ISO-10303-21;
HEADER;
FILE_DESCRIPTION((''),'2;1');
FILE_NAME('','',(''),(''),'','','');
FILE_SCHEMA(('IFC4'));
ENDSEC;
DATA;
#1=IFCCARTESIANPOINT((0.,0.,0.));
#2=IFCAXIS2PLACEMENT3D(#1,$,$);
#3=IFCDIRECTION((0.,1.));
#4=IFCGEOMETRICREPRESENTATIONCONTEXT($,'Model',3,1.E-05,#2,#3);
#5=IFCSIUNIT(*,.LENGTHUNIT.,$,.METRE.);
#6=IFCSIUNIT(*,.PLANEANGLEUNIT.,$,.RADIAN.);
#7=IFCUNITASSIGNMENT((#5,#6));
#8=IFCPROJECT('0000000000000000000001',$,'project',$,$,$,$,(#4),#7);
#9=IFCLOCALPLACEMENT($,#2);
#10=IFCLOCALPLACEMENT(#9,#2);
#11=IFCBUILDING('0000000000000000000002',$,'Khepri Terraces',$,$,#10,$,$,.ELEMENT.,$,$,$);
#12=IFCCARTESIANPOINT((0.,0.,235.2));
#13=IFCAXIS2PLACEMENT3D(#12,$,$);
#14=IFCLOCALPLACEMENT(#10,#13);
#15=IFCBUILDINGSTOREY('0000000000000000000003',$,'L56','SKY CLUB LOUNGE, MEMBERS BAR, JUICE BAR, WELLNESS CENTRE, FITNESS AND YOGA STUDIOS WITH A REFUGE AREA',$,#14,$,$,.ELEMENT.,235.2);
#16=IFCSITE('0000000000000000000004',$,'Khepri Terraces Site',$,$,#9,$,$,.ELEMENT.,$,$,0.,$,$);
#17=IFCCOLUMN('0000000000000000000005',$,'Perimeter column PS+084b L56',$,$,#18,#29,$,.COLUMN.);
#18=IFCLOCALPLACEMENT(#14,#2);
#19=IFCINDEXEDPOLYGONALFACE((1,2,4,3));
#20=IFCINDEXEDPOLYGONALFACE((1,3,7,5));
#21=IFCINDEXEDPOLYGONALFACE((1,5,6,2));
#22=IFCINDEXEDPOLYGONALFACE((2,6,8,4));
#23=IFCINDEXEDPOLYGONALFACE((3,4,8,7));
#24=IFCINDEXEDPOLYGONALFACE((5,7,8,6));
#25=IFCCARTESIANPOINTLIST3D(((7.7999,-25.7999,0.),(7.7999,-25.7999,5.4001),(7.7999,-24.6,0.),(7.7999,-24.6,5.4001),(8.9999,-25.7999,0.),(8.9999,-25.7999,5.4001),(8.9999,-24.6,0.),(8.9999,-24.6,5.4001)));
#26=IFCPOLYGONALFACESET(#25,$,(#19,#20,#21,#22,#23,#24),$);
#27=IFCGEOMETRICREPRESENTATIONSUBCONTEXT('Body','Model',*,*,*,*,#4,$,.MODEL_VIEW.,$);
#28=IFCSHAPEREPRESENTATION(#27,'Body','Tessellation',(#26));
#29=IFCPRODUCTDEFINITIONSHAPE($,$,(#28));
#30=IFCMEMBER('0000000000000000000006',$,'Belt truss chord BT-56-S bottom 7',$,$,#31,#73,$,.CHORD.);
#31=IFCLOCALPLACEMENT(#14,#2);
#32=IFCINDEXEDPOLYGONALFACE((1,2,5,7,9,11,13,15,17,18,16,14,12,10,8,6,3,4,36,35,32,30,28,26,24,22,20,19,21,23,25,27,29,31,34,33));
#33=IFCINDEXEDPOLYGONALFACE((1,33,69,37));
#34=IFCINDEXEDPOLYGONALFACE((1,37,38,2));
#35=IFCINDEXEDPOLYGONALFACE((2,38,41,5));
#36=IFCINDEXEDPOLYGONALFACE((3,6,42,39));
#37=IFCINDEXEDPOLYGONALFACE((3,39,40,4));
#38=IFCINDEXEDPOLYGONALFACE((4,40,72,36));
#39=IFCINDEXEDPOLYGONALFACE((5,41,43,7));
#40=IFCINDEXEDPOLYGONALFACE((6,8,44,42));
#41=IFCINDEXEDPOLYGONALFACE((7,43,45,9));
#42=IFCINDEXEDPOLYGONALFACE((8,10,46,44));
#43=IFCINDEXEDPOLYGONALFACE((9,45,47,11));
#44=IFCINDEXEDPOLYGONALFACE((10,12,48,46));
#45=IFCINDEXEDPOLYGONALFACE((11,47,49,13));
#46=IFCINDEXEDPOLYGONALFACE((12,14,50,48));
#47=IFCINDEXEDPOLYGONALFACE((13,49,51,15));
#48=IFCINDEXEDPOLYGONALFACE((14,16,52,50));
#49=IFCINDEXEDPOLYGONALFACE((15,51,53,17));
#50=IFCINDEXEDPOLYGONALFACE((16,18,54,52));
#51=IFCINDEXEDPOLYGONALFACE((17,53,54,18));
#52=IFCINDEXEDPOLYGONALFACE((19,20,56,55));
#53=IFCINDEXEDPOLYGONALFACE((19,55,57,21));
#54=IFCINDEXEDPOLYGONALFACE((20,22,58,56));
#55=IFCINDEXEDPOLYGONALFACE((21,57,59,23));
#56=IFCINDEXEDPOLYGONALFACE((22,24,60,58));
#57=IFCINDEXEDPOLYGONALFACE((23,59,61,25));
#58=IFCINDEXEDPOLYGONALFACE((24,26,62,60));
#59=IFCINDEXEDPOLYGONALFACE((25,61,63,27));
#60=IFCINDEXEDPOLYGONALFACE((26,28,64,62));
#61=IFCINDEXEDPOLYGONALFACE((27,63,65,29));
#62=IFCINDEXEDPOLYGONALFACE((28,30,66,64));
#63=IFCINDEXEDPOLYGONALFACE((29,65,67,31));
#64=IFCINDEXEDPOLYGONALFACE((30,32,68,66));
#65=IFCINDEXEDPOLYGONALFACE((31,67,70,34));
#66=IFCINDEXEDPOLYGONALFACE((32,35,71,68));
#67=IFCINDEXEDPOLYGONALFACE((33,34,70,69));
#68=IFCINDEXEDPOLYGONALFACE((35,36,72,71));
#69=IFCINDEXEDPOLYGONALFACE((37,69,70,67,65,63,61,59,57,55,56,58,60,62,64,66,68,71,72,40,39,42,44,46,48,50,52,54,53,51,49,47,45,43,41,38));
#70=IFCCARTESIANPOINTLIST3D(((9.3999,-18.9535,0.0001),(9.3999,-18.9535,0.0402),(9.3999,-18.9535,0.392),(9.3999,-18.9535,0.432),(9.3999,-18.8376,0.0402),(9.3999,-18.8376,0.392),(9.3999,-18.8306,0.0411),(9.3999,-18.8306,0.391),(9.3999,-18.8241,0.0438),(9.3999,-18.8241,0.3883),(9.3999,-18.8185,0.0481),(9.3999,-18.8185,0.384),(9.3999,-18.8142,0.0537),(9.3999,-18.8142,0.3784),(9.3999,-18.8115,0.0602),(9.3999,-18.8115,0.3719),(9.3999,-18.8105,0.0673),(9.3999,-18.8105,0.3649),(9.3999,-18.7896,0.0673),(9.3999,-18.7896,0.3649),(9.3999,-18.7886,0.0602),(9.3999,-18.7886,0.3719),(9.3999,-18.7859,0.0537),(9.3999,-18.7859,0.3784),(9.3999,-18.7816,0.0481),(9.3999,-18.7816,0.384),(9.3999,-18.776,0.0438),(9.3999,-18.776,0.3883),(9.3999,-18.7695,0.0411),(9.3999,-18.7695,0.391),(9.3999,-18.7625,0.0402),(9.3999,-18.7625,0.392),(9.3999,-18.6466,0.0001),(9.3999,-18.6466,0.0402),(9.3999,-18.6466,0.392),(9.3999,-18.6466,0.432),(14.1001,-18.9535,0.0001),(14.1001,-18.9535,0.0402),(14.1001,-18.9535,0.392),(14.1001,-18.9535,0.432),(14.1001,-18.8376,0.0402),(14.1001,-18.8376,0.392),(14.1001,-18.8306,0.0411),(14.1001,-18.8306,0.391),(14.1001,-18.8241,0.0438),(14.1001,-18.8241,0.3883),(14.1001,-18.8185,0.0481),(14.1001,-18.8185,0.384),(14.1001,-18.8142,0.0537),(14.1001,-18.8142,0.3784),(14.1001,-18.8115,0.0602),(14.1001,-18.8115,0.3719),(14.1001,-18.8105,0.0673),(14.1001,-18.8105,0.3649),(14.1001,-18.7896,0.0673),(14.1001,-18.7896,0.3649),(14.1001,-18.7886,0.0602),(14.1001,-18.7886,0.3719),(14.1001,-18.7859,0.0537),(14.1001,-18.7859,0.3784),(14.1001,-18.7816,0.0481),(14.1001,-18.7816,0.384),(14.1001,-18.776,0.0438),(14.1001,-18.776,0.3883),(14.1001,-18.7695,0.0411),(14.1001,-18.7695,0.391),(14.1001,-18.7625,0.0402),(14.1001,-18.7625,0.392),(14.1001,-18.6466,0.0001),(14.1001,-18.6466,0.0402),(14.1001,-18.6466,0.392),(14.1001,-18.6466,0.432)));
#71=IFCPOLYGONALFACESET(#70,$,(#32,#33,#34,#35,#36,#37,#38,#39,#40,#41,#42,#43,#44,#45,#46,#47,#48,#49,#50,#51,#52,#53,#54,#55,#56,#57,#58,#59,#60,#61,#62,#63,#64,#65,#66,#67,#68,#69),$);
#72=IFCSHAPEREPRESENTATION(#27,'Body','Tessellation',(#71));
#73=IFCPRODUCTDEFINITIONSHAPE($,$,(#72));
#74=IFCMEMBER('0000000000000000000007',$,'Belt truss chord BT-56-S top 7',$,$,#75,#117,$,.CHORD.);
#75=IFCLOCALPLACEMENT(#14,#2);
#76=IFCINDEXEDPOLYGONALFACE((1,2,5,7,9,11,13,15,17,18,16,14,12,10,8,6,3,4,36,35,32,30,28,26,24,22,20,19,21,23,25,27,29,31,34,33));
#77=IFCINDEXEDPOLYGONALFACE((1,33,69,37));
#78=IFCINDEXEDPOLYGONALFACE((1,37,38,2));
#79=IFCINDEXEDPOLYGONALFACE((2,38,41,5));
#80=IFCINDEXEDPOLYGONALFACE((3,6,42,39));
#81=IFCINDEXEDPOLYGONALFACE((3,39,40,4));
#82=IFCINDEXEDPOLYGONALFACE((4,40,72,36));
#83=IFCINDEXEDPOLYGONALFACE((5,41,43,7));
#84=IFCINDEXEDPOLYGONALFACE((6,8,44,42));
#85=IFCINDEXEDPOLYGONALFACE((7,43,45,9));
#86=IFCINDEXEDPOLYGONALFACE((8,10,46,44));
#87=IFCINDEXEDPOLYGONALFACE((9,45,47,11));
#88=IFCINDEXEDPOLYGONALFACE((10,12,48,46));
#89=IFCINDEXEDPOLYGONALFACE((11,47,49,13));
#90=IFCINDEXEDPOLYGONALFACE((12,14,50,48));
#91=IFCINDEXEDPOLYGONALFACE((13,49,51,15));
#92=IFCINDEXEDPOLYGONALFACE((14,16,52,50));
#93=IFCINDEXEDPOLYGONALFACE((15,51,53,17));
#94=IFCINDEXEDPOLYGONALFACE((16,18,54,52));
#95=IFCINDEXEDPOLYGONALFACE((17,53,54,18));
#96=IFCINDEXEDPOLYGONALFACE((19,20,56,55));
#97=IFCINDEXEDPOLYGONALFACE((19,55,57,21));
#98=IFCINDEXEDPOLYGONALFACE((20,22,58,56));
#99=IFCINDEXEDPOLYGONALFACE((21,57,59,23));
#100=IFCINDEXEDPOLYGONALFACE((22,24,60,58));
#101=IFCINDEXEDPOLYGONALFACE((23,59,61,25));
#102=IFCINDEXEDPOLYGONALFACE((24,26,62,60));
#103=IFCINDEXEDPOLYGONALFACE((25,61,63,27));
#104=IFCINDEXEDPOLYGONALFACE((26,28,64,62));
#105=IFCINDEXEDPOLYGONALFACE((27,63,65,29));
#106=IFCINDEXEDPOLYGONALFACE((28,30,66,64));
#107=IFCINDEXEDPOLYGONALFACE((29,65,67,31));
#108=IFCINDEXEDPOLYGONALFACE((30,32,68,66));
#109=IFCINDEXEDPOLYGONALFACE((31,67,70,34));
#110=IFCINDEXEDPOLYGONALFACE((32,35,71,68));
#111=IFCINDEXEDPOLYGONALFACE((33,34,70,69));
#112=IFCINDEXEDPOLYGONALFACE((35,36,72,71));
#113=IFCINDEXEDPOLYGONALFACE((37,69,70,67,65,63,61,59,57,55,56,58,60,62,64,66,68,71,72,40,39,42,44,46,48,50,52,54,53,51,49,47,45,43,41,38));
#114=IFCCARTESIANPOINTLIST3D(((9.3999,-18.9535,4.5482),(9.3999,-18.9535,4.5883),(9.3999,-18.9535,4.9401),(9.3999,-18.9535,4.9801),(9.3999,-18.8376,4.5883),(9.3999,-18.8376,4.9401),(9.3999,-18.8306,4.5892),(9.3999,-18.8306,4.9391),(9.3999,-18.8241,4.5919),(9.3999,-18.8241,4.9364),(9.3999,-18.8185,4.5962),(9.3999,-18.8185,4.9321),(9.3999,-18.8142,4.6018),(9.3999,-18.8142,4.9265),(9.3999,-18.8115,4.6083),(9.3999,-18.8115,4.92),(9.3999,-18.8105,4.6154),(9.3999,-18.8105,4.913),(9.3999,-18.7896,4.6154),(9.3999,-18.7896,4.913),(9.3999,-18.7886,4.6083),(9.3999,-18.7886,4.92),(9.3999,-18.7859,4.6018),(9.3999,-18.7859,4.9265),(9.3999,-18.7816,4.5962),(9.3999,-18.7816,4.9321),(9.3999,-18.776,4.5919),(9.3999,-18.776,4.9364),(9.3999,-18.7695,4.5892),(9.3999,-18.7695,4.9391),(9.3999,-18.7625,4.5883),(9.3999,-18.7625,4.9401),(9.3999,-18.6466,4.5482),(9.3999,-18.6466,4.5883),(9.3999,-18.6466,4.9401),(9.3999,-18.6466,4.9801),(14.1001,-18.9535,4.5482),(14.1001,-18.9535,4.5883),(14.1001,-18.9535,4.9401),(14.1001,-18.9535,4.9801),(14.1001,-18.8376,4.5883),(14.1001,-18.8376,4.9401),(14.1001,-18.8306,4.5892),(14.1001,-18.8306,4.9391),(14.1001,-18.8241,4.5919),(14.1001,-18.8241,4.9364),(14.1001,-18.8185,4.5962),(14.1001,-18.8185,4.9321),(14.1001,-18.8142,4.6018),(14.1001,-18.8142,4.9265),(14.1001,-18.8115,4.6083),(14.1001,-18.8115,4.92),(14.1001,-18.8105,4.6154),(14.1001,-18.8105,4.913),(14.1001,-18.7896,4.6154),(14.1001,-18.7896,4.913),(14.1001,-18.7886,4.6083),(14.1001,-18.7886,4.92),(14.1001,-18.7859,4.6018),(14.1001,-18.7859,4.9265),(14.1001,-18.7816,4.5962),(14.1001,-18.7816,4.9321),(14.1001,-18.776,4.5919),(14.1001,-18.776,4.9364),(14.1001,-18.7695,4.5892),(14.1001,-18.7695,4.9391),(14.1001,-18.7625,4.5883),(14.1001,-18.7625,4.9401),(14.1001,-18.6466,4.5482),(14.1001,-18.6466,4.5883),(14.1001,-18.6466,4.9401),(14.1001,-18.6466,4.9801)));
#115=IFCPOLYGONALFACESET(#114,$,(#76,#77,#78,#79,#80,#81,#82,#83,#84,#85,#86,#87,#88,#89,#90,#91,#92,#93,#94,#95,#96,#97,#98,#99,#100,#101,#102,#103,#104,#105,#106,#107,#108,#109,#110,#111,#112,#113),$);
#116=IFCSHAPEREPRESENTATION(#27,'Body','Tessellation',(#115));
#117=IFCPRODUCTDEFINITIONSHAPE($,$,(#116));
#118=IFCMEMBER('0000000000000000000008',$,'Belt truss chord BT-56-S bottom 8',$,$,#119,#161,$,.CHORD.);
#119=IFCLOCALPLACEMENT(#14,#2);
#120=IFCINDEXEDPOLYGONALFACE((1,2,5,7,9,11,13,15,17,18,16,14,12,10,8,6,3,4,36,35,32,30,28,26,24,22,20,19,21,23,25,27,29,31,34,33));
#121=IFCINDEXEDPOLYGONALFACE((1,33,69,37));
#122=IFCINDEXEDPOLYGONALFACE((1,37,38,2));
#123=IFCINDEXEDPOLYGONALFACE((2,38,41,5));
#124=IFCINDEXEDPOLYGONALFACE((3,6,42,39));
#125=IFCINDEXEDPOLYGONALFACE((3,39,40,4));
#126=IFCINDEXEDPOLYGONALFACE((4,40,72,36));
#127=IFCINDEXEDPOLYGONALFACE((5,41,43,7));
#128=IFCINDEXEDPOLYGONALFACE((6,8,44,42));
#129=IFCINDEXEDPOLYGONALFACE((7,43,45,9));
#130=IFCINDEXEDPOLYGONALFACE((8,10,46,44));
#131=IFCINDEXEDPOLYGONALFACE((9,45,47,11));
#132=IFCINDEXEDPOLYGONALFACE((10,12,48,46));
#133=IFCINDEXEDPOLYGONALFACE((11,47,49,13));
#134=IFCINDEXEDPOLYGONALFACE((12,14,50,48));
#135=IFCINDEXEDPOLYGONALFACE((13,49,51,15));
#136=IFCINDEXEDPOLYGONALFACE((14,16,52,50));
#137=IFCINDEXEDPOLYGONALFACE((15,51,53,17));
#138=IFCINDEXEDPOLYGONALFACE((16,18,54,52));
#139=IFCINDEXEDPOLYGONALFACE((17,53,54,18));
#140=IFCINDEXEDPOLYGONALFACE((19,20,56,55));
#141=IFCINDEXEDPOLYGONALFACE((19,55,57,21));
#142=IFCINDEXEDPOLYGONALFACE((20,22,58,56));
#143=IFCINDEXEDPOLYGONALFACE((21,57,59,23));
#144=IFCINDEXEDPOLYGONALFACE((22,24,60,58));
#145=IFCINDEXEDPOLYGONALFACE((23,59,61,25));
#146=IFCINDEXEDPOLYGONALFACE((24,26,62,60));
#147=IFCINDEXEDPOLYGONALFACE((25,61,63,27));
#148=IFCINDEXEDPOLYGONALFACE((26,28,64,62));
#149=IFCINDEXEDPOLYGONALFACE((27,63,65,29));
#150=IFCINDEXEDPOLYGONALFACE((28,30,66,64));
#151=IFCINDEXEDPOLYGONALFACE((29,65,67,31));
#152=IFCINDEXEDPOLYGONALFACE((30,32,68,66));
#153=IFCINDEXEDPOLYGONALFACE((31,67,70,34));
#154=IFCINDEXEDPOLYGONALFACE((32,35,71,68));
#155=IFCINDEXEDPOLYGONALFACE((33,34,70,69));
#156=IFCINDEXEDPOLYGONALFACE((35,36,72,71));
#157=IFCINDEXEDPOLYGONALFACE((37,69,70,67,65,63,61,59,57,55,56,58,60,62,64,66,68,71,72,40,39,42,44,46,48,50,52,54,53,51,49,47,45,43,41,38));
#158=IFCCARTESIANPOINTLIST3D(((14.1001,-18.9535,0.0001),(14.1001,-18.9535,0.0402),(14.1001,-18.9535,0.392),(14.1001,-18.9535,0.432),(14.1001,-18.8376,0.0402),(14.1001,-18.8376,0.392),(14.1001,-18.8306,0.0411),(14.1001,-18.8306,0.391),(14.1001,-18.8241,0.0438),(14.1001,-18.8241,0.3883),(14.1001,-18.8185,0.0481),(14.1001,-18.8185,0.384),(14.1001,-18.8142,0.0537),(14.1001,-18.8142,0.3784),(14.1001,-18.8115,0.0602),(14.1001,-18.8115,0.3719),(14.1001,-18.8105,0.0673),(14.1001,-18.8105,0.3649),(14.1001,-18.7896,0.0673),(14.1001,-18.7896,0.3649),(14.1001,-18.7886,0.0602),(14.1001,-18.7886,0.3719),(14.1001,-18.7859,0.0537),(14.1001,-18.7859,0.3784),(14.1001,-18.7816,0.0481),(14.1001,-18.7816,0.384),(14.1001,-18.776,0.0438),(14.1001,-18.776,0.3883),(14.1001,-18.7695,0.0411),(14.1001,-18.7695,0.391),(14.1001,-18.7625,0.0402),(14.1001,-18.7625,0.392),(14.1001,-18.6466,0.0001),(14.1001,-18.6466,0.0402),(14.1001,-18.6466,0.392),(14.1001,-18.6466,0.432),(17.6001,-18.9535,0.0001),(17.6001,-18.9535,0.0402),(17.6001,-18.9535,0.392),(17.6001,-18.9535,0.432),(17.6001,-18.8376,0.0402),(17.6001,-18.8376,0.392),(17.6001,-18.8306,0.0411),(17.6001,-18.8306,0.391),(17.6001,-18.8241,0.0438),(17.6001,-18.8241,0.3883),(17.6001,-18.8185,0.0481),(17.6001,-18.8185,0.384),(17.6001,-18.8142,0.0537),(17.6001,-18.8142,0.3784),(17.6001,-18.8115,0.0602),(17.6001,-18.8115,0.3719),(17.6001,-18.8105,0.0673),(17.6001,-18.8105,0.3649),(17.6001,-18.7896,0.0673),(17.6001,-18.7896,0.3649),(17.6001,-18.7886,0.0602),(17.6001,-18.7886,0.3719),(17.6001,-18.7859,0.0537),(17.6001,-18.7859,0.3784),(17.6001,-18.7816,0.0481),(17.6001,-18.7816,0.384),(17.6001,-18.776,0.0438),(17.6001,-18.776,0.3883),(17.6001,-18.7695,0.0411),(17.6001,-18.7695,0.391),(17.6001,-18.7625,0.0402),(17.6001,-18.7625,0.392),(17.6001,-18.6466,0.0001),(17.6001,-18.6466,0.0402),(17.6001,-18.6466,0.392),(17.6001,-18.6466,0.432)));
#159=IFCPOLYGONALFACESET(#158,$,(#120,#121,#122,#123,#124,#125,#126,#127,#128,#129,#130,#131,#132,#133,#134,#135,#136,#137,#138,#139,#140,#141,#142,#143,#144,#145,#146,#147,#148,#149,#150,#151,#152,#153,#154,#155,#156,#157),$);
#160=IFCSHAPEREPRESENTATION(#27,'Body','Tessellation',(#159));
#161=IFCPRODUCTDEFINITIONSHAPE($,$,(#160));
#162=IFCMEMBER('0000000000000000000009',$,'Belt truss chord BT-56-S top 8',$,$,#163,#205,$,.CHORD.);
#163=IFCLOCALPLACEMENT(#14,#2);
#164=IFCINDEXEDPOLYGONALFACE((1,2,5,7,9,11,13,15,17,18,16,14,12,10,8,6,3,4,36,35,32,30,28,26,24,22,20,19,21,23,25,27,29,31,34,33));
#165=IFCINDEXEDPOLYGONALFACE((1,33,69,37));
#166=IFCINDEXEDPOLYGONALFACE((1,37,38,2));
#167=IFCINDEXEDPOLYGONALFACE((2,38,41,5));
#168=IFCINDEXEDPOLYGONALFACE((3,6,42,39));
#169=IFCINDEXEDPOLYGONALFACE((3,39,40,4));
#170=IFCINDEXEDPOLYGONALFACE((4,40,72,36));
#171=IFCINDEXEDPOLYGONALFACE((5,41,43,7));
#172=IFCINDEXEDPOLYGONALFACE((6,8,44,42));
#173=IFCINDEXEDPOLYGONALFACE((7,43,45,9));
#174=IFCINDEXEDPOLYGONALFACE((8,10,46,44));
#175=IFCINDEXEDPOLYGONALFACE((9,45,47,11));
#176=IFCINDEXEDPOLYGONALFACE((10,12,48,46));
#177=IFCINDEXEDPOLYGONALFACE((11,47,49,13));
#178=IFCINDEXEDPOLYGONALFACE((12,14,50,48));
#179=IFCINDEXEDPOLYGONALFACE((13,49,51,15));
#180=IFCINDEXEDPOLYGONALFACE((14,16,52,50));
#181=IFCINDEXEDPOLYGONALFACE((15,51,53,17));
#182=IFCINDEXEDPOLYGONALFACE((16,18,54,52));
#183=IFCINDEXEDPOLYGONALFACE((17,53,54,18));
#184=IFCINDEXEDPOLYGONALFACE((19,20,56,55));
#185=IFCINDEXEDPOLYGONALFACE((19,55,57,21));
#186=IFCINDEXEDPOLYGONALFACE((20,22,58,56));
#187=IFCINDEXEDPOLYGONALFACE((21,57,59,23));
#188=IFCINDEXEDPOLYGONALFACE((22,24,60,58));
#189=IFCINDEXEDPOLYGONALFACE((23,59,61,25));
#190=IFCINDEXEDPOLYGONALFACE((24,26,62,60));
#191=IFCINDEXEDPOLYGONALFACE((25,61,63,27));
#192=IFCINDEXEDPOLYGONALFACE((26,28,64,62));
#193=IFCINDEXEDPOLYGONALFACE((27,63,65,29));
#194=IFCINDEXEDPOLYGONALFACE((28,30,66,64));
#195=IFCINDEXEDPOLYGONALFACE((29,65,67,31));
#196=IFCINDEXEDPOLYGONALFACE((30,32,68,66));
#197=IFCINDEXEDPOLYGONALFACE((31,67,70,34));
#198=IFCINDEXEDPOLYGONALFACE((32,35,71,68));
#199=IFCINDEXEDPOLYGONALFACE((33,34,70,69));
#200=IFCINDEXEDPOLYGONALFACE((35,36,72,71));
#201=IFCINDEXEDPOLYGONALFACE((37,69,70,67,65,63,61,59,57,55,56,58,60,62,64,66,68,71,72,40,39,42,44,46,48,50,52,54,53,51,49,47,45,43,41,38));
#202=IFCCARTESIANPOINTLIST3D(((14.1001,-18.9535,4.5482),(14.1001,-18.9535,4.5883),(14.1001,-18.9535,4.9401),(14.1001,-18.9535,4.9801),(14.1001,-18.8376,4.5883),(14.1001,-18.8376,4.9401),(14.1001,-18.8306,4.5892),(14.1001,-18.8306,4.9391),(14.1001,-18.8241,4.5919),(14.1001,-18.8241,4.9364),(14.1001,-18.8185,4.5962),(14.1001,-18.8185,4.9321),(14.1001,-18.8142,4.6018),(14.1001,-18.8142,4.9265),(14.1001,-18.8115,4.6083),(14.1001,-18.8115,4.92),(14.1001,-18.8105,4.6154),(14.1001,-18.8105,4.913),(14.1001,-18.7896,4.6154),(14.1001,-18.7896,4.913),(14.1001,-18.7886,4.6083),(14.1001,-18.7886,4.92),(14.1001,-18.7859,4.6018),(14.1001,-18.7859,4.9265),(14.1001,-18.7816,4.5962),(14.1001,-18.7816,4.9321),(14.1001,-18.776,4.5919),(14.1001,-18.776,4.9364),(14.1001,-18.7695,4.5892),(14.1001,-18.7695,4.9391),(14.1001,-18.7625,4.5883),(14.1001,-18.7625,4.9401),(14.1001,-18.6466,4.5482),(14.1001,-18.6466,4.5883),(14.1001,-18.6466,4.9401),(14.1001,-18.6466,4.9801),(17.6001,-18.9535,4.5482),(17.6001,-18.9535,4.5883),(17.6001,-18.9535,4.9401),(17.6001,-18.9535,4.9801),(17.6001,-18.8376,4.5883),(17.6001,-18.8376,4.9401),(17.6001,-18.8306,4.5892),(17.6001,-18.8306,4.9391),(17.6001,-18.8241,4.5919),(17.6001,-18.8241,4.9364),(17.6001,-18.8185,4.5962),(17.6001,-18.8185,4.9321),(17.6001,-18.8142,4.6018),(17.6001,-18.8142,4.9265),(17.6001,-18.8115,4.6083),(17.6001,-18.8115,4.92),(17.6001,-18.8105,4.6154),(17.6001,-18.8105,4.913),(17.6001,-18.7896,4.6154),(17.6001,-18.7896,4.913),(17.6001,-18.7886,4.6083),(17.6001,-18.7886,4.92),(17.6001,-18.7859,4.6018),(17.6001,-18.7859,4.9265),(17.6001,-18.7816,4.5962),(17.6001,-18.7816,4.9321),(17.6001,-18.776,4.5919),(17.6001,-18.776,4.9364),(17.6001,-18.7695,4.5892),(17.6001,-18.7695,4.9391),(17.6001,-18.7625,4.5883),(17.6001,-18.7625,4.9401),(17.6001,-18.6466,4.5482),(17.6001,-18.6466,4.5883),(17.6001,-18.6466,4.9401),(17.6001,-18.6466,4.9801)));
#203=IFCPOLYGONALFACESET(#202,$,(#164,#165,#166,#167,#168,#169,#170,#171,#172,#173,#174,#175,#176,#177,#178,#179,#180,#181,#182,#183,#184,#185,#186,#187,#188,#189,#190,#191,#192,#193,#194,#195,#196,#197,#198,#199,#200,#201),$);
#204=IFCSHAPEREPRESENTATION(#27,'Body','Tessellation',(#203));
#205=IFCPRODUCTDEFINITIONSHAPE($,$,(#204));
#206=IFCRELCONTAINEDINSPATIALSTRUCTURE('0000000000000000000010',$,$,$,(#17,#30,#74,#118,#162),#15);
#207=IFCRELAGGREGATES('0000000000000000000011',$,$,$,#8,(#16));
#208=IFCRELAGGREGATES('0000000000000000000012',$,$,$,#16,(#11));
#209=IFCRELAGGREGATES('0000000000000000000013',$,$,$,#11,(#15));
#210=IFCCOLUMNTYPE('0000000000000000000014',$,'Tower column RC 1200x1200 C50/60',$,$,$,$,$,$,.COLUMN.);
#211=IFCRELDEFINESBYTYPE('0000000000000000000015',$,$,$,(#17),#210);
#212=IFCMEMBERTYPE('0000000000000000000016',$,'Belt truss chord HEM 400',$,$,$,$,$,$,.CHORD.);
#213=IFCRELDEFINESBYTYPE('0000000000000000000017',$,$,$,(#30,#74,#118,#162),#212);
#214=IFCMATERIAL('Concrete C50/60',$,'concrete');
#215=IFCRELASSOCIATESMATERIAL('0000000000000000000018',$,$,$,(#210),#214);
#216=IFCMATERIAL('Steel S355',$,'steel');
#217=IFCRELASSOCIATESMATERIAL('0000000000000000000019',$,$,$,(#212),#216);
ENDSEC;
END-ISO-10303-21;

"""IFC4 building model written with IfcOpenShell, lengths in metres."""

from ifc_helpers import new_model, si_unit, direction, frame, origin, origin_2d, place, context, subcontext, project, spatial, rectangle, i_section, extrude, material, material_profile, profile_set, type_object, element, save


model = new_model("IFC4")

# Units and contexts
model_context = context("Model", 3, precision=1e-05, world=origin(), true_north=direction((0.0, 1.0)))
body_context = subcontext(model_context, "Body", "Model", "MODEL_VIEW")
ifc_project = project(units=[si_unit("LENGTHUNIT", "METRE"), si_unit("PLANEANGLEUNIT", "RADIAN")], contexts=[model_context])

# Site, building, storey
site_placement = place(None, origin())
site = spatial("IfcSite", under=ifc_project, at=site_placement, Name="Khepri Terraces Site", CompositionType="ELEMENT", RefElevation=0.0)
building_placement = place(site_placement, origin())
building = spatial("IfcBuilding", under=site, at=building_placement, Name="Khepri Terraces", CompositionType="ELEMENT")
storey_placement = place(building_placement, frame((0.0, 0.0, 235.2)))
storey = spatial("IfcBuildingStorey", under=building, at=storey_placement, Name="L56", Description="SKY CLUB LOUNGE, MEMBERS BAR, JUICE BAR, WELLNESS CENTRE, FITNESS AND YOGA STUDIOS WITH A REFUGE AREA", CompositionType="ELEMENT", Elevation=235.2)

# Column
ifc_material_1 = material(Name="Concrete C50/60", Category="concrete")
ifc_material_profile_1 = material_profile(ifc_material_1, rectangle(XDim=1.2, YDim=1.2, at=origin_2d()), Name="Concrete C50/60", Category="concrete")
ifc_profile_set_1 = profile_set([ifc_material_profile_1], Name="Concrete C50/60")
column_type = type_object("IfcColumnType", Name="Tower column RC 1200x1200 C50/60", PredefinedType="COLUMN", material=ifc_profile_set_1)
column_placement = place(storey_placement, frame((8.3999, -25.2, 0.0), z_axis=(0.0, 0.0, 1.0), x_axis=(1.0, 0.0, 0.0)))
element("IfcColumn", 1, at=column_placement, inside=storey, type_object=column_type, Name="Perimeter column PS+084b L56", PredefinedType="COLUMN", context=body_context, shape_type="SweptSolid", body=[
    extrude(rectangle(XDim=1.2, YDim=1.2, at=origin_2d()), origin(), (0.0, 0.0, 1.0), 5.4001),
])

# Members
ifc_material_2 = material(Name="Steel S355", Category="steel")
ifc_material_profile_2 = material_profile(ifc_material_2, i_section(OverallWidth=0.3069, OverallDepth=0.4319, WebThickness=0.021, FlangeThickness=0.04, FilletRadius=0.0271, at=origin_2d()), Name="Steel S355", Category="steel")
ifc_profile_set_2 = profile_set([ifc_material_profile_2], Name="Steel S355")
member_type_1 = type_object("IfcMemberType", Name="Belt truss chord HEM 400", PredefinedType="CHORD", material=ifc_profile_set_2)
for number, where, z_axis, x_axis, name in (
    (2, (9.3999, -18.8, 0.2161), (1.0, 0.0, 0.0), (0.0, 1.0, 0.0), "Belt truss chord BT-56-S bottom 7"),
    (3, (9.3999, -18.8, 4.7642), (1.0, 0.0, 0.0), (0.0, 1.0, 0.0), "Belt truss chord BT-56-S top 7"),
):
    element("IfcMember", number, at=place(storey_placement, frame(where, z_axis=z_axis, x_axis=x_axis)), inside=storey, type_object=member_type_1, Name=name, PredefinedType="CHORD", context=body_context, shape_type="SweptSolid", body=[
        extrude(i_section(OverallWidth=0.3069, OverallDepth=0.4319, WebThickness=0.021, FlangeThickness=0.04, FilletRadius=0.0271, at=origin_2d()), origin(), (0.0, 0.0, 1.0), 4.7002),
    ])
for number, where, z_axis, x_axis, name in (
    (4, (14.1001, -18.8, 0.2161), (1.0, 0.0, 0.0), (0.0, 1.0, 0.0), "Belt truss chord BT-56-S bottom 8"),
    (5, (14.1001, -18.8, 4.7642), (1.0, 0.0, 0.0), (0.0, 1.0, 0.0), "Belt truss chord BT-56-S top 8"),
):
    element("IfcMember", number, at=place(storey_placement, frame(where, z_axis=z_axis, x_axis=x_axis)), inside=storey, type_object=member_type_1, Name=name, PredefinedType="CHORD", context=body_context, shape_type="SweptSolid", body=[
        extrude(i_section(OverallWidth=0.3069, OverallDepth=0.4319, WebThickness=0.021, FlangeThickness=0.04, FilletRadius=0.0271, at=origin_2d()), origin(), (0.0, 0.0, 1.0), 3.5),
    ])

save(model, "model.ifc")
